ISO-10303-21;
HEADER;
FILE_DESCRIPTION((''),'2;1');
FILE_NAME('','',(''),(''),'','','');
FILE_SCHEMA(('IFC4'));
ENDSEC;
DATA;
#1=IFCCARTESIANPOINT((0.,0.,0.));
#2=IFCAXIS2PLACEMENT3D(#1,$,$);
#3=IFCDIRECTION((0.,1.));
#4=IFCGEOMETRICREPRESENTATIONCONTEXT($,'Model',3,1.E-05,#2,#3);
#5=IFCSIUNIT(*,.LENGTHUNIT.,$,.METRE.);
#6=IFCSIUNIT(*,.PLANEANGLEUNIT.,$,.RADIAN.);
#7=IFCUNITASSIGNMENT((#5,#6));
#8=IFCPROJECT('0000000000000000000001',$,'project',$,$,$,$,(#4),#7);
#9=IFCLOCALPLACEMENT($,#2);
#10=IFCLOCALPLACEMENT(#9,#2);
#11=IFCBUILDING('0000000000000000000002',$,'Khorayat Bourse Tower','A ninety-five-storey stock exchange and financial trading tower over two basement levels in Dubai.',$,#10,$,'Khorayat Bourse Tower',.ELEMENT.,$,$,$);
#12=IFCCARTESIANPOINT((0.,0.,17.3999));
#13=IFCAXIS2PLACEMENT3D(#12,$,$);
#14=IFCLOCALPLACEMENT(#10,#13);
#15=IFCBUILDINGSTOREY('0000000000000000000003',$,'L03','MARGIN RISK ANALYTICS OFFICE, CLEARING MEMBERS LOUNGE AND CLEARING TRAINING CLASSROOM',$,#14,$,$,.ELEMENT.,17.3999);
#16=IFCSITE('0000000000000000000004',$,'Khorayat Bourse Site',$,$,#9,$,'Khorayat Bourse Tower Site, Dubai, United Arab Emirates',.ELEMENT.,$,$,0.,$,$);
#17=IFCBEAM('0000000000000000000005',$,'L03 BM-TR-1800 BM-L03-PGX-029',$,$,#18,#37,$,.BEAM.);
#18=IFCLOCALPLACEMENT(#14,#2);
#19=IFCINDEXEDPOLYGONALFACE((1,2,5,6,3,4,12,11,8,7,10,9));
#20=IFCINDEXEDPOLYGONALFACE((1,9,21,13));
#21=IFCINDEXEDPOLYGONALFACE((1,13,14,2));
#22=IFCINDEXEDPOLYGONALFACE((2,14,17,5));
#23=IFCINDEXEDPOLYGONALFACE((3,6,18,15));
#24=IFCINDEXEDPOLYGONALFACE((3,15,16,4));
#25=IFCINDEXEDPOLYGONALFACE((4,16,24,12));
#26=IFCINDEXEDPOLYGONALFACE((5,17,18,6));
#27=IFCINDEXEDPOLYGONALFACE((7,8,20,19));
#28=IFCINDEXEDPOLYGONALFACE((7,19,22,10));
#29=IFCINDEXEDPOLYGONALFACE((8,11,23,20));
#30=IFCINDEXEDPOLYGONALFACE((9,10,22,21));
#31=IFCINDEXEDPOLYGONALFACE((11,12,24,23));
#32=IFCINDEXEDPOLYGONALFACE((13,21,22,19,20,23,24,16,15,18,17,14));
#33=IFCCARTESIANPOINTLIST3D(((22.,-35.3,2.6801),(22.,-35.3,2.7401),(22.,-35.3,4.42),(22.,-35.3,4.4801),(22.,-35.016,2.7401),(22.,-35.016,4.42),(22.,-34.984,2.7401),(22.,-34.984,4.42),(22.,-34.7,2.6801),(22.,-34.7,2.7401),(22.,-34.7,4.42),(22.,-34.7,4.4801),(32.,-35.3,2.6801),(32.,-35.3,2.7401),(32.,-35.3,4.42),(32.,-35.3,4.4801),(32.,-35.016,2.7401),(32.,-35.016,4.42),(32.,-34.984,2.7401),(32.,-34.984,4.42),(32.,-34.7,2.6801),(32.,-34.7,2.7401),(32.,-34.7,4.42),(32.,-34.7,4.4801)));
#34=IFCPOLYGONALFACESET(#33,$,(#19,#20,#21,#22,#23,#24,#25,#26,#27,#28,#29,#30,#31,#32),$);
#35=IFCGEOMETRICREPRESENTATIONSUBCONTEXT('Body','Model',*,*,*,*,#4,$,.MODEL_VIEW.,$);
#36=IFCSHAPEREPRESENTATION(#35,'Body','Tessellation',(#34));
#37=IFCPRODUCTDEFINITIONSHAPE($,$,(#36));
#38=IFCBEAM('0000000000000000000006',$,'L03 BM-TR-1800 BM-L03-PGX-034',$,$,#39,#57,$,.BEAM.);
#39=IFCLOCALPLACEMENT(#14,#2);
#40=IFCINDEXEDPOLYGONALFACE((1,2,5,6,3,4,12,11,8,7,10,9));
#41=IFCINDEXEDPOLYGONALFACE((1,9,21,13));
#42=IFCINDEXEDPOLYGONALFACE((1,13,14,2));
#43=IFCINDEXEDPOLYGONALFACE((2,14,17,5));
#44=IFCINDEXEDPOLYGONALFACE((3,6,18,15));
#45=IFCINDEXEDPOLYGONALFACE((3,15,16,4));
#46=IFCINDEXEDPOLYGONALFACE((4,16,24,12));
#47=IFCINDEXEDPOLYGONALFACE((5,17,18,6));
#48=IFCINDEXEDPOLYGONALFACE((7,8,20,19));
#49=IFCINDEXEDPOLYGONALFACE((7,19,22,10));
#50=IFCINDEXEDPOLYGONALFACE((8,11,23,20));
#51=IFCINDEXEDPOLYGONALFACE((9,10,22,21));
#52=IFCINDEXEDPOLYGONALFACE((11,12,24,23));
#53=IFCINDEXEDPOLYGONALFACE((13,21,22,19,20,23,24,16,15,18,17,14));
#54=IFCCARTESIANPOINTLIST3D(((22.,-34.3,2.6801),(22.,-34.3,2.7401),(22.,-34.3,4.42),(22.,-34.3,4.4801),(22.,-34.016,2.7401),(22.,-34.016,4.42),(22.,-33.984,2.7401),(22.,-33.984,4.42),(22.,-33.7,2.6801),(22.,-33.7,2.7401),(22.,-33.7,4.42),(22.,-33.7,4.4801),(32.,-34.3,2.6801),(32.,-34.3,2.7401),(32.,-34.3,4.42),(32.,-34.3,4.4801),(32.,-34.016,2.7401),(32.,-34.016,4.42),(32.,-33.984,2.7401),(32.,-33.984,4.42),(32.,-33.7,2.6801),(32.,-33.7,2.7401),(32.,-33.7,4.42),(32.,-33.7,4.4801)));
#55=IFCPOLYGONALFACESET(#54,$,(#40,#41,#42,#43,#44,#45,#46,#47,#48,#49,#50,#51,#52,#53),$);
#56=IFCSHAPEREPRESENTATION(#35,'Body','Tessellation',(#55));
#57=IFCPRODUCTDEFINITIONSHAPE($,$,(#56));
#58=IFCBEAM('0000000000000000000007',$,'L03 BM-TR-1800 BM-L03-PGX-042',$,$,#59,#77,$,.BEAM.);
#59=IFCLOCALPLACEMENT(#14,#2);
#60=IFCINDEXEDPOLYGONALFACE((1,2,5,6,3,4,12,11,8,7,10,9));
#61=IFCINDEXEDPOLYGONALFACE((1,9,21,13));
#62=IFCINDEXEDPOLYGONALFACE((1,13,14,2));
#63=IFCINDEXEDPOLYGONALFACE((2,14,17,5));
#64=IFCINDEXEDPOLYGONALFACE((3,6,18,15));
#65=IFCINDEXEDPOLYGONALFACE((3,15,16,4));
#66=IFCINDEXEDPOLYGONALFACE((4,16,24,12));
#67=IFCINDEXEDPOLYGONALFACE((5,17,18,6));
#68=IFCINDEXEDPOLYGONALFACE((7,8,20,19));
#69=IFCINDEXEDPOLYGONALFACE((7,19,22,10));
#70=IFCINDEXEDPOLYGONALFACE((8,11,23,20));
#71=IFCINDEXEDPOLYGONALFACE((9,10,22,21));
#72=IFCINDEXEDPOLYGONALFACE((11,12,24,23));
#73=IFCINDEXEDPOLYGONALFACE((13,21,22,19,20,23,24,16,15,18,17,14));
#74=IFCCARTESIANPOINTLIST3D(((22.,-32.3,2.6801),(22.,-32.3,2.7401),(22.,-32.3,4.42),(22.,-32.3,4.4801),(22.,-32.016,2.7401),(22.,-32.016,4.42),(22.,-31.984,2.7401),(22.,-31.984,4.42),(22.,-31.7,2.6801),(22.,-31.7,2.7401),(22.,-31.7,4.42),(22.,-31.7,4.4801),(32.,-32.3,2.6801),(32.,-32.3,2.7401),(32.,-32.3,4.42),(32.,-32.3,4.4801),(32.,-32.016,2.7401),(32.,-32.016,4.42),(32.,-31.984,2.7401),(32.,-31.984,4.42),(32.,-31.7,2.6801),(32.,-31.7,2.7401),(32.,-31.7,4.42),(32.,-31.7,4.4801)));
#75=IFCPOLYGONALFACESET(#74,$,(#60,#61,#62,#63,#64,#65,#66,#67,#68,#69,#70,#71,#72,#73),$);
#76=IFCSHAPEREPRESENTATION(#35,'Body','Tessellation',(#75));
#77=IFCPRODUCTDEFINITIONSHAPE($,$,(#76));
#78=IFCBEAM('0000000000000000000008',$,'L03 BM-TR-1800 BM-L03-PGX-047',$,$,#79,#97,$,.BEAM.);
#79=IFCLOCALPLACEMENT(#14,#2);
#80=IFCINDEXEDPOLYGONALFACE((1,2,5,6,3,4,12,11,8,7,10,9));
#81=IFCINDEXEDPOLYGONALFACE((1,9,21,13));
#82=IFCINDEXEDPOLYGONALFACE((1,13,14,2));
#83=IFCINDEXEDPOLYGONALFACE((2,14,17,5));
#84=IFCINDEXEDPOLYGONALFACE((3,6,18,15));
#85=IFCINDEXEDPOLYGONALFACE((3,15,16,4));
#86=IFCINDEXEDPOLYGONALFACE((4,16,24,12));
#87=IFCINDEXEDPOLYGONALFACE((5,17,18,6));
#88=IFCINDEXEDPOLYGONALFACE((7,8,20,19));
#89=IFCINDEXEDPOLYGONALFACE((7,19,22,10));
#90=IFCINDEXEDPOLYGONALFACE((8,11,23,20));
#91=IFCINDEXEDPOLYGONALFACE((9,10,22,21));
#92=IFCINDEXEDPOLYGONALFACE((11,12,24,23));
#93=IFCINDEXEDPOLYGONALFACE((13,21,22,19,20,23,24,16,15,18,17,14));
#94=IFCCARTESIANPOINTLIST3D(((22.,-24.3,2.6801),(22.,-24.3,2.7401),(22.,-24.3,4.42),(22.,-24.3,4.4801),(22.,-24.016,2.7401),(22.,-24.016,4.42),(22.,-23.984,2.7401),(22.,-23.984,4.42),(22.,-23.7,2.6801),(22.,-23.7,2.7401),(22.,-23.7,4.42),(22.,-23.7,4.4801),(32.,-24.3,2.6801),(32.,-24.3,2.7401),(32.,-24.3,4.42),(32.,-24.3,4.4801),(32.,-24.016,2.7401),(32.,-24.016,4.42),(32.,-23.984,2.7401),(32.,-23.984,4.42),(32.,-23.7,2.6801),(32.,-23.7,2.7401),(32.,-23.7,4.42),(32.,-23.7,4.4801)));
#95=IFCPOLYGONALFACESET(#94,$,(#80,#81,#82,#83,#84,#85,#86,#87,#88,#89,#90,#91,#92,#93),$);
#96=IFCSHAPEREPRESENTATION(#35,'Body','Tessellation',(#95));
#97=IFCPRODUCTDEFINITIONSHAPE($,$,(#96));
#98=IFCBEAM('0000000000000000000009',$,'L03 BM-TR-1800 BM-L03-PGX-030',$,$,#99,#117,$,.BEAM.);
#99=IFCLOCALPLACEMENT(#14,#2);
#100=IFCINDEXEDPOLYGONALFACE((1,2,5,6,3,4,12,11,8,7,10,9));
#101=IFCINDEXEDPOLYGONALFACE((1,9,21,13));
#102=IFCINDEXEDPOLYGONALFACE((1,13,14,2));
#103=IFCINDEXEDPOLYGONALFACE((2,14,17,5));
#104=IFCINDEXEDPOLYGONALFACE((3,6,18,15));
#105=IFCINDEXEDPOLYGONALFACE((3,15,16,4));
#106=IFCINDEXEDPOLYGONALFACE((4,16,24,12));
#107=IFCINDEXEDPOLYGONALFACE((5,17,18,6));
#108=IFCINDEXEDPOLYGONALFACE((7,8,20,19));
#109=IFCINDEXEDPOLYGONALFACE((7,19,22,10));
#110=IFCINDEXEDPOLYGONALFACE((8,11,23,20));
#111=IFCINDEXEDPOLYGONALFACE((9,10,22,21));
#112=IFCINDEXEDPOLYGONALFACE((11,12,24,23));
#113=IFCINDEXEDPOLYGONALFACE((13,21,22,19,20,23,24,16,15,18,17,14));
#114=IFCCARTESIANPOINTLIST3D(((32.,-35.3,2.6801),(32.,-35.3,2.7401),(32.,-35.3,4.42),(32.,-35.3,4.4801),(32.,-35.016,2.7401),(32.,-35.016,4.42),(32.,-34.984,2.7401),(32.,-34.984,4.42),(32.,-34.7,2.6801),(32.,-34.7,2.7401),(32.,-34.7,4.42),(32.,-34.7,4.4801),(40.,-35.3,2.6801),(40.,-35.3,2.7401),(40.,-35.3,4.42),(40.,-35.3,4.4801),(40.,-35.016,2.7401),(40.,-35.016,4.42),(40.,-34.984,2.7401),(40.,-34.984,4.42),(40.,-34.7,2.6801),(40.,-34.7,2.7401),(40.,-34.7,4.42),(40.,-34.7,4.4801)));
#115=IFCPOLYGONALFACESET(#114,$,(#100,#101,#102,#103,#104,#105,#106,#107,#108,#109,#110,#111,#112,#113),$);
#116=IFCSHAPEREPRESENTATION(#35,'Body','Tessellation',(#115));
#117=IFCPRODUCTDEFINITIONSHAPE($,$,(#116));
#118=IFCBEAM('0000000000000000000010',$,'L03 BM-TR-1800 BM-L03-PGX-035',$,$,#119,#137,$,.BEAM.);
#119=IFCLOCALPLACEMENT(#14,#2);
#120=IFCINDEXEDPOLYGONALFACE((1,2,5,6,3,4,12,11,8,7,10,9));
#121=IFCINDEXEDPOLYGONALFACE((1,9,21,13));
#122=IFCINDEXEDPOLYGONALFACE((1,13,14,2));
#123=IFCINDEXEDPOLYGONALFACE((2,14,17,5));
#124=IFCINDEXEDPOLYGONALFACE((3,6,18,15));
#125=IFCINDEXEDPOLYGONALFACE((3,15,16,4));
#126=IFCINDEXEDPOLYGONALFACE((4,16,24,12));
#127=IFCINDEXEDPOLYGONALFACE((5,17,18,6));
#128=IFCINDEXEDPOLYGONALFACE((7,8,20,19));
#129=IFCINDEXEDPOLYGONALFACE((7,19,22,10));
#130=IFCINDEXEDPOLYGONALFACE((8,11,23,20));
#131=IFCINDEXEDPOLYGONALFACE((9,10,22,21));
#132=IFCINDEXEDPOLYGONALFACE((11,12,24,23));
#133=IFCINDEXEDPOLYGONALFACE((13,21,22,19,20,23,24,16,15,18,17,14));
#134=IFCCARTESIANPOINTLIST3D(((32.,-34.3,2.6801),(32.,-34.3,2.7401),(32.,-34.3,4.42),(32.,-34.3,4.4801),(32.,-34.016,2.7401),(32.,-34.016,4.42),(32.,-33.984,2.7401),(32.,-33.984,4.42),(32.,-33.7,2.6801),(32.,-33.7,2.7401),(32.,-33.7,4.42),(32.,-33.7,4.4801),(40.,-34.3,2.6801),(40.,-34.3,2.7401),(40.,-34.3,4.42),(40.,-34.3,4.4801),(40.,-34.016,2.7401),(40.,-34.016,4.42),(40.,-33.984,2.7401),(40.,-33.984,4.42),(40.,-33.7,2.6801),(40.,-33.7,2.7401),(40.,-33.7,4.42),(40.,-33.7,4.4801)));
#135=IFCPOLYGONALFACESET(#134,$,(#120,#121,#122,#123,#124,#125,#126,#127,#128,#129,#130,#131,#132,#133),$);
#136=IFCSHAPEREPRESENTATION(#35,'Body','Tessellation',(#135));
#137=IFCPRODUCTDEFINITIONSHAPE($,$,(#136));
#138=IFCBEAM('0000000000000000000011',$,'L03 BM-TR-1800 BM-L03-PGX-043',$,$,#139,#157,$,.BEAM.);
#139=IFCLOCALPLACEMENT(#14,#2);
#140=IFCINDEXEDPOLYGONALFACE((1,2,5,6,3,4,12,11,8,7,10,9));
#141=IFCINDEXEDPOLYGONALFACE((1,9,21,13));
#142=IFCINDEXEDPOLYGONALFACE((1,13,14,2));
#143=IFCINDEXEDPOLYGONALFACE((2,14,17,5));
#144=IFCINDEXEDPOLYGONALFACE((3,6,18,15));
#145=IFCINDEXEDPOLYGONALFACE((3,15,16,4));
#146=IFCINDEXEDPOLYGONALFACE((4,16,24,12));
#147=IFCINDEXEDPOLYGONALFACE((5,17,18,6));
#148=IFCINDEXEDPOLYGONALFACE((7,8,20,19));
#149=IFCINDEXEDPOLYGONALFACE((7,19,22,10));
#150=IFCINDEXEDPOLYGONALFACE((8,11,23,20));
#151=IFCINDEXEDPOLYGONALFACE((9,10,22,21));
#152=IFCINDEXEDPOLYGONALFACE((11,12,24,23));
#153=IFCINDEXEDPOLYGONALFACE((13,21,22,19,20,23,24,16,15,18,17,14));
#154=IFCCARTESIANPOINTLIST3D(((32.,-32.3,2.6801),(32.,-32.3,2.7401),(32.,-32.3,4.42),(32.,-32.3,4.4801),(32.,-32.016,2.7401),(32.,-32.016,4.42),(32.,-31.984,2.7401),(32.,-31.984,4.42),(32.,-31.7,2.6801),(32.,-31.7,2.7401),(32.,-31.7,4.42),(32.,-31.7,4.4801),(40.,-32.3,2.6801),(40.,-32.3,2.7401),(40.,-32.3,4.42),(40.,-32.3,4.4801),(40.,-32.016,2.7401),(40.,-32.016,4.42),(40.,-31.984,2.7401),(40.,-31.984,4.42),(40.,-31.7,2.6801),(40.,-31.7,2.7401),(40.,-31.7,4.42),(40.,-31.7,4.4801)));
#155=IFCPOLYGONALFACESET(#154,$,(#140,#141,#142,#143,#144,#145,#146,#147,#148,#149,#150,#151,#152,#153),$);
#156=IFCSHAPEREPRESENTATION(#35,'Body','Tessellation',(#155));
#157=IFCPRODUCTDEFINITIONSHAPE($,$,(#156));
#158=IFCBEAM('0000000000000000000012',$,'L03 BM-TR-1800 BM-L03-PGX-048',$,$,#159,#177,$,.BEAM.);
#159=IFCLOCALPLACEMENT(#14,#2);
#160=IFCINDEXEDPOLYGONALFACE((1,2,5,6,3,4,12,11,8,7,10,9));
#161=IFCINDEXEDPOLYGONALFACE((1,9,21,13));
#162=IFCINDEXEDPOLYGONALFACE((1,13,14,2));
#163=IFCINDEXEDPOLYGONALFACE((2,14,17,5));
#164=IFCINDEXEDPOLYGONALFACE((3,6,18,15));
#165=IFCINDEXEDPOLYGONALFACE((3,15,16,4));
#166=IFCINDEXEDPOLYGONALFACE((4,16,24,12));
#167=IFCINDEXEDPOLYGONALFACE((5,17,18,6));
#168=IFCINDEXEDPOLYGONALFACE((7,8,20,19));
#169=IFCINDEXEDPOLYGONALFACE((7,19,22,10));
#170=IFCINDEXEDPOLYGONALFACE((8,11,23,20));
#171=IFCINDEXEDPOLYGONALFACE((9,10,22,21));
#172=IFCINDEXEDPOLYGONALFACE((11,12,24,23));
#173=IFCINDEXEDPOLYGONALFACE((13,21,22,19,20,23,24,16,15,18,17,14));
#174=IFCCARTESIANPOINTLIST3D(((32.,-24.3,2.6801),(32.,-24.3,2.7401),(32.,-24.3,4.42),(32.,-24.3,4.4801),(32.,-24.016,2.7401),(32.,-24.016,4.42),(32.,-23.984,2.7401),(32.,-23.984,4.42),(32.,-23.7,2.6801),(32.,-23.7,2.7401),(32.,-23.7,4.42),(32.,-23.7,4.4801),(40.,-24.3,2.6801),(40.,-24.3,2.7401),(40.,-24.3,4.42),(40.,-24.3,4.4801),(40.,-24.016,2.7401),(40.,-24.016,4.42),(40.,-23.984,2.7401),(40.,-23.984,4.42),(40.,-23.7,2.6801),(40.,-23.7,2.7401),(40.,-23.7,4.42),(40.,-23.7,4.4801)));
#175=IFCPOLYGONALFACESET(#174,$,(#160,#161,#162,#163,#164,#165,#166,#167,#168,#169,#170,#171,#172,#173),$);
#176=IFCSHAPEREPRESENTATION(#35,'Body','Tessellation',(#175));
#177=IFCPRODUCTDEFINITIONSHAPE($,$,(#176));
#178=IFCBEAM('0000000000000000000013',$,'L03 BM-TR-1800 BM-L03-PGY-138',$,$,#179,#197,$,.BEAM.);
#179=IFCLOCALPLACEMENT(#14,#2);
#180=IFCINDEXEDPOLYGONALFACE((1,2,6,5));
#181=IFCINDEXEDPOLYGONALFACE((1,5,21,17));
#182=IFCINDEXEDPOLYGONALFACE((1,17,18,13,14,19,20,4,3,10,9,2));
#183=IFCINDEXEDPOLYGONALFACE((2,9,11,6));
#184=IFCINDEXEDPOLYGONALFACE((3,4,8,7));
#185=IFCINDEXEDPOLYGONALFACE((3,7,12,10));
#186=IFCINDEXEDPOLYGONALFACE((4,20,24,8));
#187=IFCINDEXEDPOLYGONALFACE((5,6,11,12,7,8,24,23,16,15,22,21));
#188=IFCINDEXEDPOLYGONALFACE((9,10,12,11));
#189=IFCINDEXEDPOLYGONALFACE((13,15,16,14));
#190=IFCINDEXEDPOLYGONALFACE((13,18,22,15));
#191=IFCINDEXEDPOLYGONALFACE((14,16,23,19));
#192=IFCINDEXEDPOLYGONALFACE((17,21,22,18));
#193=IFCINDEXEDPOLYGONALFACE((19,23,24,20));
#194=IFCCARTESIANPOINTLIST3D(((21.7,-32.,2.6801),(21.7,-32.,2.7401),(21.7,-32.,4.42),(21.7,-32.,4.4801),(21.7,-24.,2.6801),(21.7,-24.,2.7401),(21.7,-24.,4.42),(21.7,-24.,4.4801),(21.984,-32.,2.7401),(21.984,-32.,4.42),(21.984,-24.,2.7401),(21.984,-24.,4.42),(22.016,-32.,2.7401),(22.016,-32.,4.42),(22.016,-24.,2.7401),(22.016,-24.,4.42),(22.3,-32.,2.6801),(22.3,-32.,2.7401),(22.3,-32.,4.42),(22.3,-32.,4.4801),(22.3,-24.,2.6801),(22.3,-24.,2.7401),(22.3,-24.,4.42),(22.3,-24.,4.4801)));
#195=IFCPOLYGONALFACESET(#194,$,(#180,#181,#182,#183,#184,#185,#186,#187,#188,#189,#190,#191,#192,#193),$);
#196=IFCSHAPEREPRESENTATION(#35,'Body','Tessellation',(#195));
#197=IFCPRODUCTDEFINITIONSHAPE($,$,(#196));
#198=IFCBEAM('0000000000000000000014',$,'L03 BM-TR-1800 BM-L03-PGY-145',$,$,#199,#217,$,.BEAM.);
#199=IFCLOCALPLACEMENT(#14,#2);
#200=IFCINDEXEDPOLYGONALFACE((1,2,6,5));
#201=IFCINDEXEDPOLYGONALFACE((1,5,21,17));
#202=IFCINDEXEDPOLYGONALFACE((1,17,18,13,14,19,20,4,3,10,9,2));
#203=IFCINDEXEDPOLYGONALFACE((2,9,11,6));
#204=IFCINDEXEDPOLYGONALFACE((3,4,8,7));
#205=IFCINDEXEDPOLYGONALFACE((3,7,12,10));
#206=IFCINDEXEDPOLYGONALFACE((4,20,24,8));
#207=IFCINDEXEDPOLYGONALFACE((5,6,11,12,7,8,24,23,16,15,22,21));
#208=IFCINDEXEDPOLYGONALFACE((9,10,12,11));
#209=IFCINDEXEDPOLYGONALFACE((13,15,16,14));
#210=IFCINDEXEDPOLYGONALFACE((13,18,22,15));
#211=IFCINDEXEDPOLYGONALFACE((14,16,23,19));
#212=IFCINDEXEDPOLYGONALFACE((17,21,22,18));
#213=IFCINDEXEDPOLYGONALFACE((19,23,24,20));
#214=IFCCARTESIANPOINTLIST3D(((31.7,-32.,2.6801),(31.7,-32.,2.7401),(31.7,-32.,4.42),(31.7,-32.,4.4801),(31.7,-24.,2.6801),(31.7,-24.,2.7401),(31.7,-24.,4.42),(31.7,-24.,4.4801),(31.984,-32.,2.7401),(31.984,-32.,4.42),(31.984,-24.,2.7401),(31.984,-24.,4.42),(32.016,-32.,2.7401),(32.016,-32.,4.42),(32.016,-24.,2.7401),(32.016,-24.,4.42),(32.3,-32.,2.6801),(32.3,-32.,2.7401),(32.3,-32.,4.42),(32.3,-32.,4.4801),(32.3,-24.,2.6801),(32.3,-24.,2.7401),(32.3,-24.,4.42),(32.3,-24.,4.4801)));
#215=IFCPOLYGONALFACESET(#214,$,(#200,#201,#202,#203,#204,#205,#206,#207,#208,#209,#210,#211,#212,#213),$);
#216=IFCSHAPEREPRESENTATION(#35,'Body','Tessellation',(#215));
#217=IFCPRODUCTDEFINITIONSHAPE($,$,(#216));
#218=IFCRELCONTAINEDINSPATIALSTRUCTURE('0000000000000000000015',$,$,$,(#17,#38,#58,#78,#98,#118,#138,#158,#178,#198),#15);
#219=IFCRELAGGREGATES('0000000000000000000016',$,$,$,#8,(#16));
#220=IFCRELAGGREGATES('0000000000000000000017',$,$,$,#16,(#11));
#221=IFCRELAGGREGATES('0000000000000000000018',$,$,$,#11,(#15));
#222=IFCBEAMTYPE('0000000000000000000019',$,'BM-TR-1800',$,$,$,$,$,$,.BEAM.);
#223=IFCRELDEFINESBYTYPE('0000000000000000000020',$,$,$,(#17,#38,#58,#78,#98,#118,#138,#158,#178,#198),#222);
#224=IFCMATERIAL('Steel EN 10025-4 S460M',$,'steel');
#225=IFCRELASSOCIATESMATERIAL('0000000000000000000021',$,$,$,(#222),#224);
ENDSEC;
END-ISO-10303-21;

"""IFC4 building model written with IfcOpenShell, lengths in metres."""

from ifc_helpers import new_model, si_unit, direction, frame, origin, origin_2d, place, context, subcontext, project, spatial, i_section, extrude, source, transform, mapped, material, material_profile, profile_set, type_object, element, save


model = new_model("IFC4")

# Units and contexts
model_context = context("Model", 3, precision=1e-05, world=origin(), true_north=direction((0.0, 1.0)))
body_context = subcontext(model_context, "Body", "Model", "MODEL_VIEW")
ifc_project = project(units=[si_unit("LENGTHUNIT", "METRE"), si_unit("PLANEANGLEUNIT", "RADIAN")], contexts=[model_context])

# Site, building, storey
site_placement = place(None, origin())
site = spatial("IfcSite", under=ifc_project, at=site_placement, Name="Khorayat Bourse Site", LongName="Khorayat Bourse Tower Site, Dubai, United Arab Emirates", CompositionType="ELEMENT", RefElevation=0.0)
building_placement = place(site_placement, origin())
building = spatial("IfcBuilding", under=site, at=building_placement, Name="Khorayat Bourse Tower", Description="A ninety-five-storey stock exchange and financial trading tower over two basement levels in Dubai.", LongName="Khorayat Bourse Tower", CompositionType="ELEMENT")
storey_placement = place(building_placement, frame((0.0, 0.0, 17.3999)))
storey = spatial("IfcBuildingStorey", under=building, at=storey_placement, Name="L03", Description="MARGIN RISK ANALYTICS OFFICE, CLEARING MEMBERS LOUNGE AND CLEARING TRAINING CLASSROOM", CompositionType="ELEMENT", Elevation=17.3999)

# Beams
ifc_material_1 = material(Name="Steel EN 10025-4 S460M", Category="steel")
ifc_material_profile_1 = material_profile(ifc_material_1, i_section(OverallWidth=0.6001, OverallDepth=1.8, WebThickness=0.032, FlangeThickness=0.0601, at=origin_2d()), Name="PG 1800x600x32x60")
ifc_profile_set_1 = profile_set([ifc_material_profile_1], Name="Steel EN 10025-4 S460M")
beam_type_1 = type_object("IfcBeamType", Name="BM-TR-1800", PredefinedType="BEAM", material=ifc_profile_set_1)
shared_shape_1 = source(origin(), body_context, "Body", "SweptSolid", [
    extrude(i_section(OverallWidth=0.6001, OverallDepth=1.8, WebThickness=0.032, FlangeThickness=0.0601, at=origin_2d()), origin(), (0.0, 0.0, 1.0), 10.0),
])
for number, where, z_axis, x_axis, name in (
    (1, (22.0, -35.0, 3.5801), (1.0, 0.0, 0.0), (0.0, 1.0, 0.0), "L03 BM-TR-1800 BM-L03-PGX-029"),
    (2, (22.0, -34.0, 3.5801), (1.0, 0.0, 0.0), (0.0, 1.0, 0.0), "L03 BM-TR-1800 BM-L03-PGX-034"),
    (3, (22.0, -32.0, 3.5801), (1.0, 0.0, 0.0), (0.0, 1.0, 0.0), "L03 BM-TR-1800 BM-L03-PGX-042"),
    (4, (22.0, -24.0, 3.5801), (1.0, 0.0, 0.0), (0.0, 1.0, 0.0), "L03 BM-TR-1800 BM-L03-PGX-047"),
):
    element("IfcBeam", number, at=place(storey_placement, frame(where, z_axis=z_axis, x_axis=x_axis)), inside=storey, type_object=beam_type_1, Name=name, PredefinedType="BEAM", context=body_context, shape_type="MappedRepresentation", body=[
        mapped(shared_shape_1, transform((0.0, 0.0, 0.0), scale=1.0)),
    ])
shared_shape_2 = source(origin(), body_context, "Body", "SweptSolid", [
    extrude(i_section(OverallWidth=0.6001, OverallDepth=1.8, WebThickness=0.032, FlangeThickness=0.0601, at=origin_2d()), origin(), (0.0, 0.0, 1.0), 8.0),
])
for number, where, z_axis, x_axis, name in (
    (5, (32.0, -35.0, 3.5801), (1.0, 0.0, 0.0), (0.0, 1.0, 0.0), "L03 BM-TR-1800 BM-L03-PGX-030"),
    (6, (32.0, -34.0, 3.5801), (1.0, 0.0, 0.0), (0.0, 1.0, 0.0), "L03 BM-TR-1800 BM-L03-PGX-035"),
    (7, (32.0, -32.0, 3.5801), (1.0, 0.0, 0.0), (0.0, 1.0, 0.0), "L03 BM-TR-1800 BM-L03-PGX-043"),
    (8, (32.0, -24.0, 3.5801), (1.0, 0.0, 0.0), (0.0, 1.0, 0.0), "L03 BM-TR-1800 BM-L03-PGX-048"),
    (9, (22.0, -32.0, 3.5801), (0.0, 1.0, 0.0), (-1.0, 0.0, 0.0), "L03 BM-TR-1800 BM-L03-PGY-138"),
    (10, (32.0, -32.0, 3.5801), (0.0, 1.0, 0.0), (-1.0, 0.0, 0.0), "L03 BM-TR-1800 BM-L03-PGY-145"),
):
    element("IfcBeam", number, at=place(storey_placement, frame(where, z_axis=z_axis, x_axis=x_axis)), inside=storey, type_object=beam_type_1, Name=name, PredefinedType="BEAM", context=body_context, shape_type="MappedRepresentation", body=[
        mapped(shared_shape_2, transform((0.0, 0.0, 0.0), scale=1.0)),
    ])

save(model, "model.ifc")
